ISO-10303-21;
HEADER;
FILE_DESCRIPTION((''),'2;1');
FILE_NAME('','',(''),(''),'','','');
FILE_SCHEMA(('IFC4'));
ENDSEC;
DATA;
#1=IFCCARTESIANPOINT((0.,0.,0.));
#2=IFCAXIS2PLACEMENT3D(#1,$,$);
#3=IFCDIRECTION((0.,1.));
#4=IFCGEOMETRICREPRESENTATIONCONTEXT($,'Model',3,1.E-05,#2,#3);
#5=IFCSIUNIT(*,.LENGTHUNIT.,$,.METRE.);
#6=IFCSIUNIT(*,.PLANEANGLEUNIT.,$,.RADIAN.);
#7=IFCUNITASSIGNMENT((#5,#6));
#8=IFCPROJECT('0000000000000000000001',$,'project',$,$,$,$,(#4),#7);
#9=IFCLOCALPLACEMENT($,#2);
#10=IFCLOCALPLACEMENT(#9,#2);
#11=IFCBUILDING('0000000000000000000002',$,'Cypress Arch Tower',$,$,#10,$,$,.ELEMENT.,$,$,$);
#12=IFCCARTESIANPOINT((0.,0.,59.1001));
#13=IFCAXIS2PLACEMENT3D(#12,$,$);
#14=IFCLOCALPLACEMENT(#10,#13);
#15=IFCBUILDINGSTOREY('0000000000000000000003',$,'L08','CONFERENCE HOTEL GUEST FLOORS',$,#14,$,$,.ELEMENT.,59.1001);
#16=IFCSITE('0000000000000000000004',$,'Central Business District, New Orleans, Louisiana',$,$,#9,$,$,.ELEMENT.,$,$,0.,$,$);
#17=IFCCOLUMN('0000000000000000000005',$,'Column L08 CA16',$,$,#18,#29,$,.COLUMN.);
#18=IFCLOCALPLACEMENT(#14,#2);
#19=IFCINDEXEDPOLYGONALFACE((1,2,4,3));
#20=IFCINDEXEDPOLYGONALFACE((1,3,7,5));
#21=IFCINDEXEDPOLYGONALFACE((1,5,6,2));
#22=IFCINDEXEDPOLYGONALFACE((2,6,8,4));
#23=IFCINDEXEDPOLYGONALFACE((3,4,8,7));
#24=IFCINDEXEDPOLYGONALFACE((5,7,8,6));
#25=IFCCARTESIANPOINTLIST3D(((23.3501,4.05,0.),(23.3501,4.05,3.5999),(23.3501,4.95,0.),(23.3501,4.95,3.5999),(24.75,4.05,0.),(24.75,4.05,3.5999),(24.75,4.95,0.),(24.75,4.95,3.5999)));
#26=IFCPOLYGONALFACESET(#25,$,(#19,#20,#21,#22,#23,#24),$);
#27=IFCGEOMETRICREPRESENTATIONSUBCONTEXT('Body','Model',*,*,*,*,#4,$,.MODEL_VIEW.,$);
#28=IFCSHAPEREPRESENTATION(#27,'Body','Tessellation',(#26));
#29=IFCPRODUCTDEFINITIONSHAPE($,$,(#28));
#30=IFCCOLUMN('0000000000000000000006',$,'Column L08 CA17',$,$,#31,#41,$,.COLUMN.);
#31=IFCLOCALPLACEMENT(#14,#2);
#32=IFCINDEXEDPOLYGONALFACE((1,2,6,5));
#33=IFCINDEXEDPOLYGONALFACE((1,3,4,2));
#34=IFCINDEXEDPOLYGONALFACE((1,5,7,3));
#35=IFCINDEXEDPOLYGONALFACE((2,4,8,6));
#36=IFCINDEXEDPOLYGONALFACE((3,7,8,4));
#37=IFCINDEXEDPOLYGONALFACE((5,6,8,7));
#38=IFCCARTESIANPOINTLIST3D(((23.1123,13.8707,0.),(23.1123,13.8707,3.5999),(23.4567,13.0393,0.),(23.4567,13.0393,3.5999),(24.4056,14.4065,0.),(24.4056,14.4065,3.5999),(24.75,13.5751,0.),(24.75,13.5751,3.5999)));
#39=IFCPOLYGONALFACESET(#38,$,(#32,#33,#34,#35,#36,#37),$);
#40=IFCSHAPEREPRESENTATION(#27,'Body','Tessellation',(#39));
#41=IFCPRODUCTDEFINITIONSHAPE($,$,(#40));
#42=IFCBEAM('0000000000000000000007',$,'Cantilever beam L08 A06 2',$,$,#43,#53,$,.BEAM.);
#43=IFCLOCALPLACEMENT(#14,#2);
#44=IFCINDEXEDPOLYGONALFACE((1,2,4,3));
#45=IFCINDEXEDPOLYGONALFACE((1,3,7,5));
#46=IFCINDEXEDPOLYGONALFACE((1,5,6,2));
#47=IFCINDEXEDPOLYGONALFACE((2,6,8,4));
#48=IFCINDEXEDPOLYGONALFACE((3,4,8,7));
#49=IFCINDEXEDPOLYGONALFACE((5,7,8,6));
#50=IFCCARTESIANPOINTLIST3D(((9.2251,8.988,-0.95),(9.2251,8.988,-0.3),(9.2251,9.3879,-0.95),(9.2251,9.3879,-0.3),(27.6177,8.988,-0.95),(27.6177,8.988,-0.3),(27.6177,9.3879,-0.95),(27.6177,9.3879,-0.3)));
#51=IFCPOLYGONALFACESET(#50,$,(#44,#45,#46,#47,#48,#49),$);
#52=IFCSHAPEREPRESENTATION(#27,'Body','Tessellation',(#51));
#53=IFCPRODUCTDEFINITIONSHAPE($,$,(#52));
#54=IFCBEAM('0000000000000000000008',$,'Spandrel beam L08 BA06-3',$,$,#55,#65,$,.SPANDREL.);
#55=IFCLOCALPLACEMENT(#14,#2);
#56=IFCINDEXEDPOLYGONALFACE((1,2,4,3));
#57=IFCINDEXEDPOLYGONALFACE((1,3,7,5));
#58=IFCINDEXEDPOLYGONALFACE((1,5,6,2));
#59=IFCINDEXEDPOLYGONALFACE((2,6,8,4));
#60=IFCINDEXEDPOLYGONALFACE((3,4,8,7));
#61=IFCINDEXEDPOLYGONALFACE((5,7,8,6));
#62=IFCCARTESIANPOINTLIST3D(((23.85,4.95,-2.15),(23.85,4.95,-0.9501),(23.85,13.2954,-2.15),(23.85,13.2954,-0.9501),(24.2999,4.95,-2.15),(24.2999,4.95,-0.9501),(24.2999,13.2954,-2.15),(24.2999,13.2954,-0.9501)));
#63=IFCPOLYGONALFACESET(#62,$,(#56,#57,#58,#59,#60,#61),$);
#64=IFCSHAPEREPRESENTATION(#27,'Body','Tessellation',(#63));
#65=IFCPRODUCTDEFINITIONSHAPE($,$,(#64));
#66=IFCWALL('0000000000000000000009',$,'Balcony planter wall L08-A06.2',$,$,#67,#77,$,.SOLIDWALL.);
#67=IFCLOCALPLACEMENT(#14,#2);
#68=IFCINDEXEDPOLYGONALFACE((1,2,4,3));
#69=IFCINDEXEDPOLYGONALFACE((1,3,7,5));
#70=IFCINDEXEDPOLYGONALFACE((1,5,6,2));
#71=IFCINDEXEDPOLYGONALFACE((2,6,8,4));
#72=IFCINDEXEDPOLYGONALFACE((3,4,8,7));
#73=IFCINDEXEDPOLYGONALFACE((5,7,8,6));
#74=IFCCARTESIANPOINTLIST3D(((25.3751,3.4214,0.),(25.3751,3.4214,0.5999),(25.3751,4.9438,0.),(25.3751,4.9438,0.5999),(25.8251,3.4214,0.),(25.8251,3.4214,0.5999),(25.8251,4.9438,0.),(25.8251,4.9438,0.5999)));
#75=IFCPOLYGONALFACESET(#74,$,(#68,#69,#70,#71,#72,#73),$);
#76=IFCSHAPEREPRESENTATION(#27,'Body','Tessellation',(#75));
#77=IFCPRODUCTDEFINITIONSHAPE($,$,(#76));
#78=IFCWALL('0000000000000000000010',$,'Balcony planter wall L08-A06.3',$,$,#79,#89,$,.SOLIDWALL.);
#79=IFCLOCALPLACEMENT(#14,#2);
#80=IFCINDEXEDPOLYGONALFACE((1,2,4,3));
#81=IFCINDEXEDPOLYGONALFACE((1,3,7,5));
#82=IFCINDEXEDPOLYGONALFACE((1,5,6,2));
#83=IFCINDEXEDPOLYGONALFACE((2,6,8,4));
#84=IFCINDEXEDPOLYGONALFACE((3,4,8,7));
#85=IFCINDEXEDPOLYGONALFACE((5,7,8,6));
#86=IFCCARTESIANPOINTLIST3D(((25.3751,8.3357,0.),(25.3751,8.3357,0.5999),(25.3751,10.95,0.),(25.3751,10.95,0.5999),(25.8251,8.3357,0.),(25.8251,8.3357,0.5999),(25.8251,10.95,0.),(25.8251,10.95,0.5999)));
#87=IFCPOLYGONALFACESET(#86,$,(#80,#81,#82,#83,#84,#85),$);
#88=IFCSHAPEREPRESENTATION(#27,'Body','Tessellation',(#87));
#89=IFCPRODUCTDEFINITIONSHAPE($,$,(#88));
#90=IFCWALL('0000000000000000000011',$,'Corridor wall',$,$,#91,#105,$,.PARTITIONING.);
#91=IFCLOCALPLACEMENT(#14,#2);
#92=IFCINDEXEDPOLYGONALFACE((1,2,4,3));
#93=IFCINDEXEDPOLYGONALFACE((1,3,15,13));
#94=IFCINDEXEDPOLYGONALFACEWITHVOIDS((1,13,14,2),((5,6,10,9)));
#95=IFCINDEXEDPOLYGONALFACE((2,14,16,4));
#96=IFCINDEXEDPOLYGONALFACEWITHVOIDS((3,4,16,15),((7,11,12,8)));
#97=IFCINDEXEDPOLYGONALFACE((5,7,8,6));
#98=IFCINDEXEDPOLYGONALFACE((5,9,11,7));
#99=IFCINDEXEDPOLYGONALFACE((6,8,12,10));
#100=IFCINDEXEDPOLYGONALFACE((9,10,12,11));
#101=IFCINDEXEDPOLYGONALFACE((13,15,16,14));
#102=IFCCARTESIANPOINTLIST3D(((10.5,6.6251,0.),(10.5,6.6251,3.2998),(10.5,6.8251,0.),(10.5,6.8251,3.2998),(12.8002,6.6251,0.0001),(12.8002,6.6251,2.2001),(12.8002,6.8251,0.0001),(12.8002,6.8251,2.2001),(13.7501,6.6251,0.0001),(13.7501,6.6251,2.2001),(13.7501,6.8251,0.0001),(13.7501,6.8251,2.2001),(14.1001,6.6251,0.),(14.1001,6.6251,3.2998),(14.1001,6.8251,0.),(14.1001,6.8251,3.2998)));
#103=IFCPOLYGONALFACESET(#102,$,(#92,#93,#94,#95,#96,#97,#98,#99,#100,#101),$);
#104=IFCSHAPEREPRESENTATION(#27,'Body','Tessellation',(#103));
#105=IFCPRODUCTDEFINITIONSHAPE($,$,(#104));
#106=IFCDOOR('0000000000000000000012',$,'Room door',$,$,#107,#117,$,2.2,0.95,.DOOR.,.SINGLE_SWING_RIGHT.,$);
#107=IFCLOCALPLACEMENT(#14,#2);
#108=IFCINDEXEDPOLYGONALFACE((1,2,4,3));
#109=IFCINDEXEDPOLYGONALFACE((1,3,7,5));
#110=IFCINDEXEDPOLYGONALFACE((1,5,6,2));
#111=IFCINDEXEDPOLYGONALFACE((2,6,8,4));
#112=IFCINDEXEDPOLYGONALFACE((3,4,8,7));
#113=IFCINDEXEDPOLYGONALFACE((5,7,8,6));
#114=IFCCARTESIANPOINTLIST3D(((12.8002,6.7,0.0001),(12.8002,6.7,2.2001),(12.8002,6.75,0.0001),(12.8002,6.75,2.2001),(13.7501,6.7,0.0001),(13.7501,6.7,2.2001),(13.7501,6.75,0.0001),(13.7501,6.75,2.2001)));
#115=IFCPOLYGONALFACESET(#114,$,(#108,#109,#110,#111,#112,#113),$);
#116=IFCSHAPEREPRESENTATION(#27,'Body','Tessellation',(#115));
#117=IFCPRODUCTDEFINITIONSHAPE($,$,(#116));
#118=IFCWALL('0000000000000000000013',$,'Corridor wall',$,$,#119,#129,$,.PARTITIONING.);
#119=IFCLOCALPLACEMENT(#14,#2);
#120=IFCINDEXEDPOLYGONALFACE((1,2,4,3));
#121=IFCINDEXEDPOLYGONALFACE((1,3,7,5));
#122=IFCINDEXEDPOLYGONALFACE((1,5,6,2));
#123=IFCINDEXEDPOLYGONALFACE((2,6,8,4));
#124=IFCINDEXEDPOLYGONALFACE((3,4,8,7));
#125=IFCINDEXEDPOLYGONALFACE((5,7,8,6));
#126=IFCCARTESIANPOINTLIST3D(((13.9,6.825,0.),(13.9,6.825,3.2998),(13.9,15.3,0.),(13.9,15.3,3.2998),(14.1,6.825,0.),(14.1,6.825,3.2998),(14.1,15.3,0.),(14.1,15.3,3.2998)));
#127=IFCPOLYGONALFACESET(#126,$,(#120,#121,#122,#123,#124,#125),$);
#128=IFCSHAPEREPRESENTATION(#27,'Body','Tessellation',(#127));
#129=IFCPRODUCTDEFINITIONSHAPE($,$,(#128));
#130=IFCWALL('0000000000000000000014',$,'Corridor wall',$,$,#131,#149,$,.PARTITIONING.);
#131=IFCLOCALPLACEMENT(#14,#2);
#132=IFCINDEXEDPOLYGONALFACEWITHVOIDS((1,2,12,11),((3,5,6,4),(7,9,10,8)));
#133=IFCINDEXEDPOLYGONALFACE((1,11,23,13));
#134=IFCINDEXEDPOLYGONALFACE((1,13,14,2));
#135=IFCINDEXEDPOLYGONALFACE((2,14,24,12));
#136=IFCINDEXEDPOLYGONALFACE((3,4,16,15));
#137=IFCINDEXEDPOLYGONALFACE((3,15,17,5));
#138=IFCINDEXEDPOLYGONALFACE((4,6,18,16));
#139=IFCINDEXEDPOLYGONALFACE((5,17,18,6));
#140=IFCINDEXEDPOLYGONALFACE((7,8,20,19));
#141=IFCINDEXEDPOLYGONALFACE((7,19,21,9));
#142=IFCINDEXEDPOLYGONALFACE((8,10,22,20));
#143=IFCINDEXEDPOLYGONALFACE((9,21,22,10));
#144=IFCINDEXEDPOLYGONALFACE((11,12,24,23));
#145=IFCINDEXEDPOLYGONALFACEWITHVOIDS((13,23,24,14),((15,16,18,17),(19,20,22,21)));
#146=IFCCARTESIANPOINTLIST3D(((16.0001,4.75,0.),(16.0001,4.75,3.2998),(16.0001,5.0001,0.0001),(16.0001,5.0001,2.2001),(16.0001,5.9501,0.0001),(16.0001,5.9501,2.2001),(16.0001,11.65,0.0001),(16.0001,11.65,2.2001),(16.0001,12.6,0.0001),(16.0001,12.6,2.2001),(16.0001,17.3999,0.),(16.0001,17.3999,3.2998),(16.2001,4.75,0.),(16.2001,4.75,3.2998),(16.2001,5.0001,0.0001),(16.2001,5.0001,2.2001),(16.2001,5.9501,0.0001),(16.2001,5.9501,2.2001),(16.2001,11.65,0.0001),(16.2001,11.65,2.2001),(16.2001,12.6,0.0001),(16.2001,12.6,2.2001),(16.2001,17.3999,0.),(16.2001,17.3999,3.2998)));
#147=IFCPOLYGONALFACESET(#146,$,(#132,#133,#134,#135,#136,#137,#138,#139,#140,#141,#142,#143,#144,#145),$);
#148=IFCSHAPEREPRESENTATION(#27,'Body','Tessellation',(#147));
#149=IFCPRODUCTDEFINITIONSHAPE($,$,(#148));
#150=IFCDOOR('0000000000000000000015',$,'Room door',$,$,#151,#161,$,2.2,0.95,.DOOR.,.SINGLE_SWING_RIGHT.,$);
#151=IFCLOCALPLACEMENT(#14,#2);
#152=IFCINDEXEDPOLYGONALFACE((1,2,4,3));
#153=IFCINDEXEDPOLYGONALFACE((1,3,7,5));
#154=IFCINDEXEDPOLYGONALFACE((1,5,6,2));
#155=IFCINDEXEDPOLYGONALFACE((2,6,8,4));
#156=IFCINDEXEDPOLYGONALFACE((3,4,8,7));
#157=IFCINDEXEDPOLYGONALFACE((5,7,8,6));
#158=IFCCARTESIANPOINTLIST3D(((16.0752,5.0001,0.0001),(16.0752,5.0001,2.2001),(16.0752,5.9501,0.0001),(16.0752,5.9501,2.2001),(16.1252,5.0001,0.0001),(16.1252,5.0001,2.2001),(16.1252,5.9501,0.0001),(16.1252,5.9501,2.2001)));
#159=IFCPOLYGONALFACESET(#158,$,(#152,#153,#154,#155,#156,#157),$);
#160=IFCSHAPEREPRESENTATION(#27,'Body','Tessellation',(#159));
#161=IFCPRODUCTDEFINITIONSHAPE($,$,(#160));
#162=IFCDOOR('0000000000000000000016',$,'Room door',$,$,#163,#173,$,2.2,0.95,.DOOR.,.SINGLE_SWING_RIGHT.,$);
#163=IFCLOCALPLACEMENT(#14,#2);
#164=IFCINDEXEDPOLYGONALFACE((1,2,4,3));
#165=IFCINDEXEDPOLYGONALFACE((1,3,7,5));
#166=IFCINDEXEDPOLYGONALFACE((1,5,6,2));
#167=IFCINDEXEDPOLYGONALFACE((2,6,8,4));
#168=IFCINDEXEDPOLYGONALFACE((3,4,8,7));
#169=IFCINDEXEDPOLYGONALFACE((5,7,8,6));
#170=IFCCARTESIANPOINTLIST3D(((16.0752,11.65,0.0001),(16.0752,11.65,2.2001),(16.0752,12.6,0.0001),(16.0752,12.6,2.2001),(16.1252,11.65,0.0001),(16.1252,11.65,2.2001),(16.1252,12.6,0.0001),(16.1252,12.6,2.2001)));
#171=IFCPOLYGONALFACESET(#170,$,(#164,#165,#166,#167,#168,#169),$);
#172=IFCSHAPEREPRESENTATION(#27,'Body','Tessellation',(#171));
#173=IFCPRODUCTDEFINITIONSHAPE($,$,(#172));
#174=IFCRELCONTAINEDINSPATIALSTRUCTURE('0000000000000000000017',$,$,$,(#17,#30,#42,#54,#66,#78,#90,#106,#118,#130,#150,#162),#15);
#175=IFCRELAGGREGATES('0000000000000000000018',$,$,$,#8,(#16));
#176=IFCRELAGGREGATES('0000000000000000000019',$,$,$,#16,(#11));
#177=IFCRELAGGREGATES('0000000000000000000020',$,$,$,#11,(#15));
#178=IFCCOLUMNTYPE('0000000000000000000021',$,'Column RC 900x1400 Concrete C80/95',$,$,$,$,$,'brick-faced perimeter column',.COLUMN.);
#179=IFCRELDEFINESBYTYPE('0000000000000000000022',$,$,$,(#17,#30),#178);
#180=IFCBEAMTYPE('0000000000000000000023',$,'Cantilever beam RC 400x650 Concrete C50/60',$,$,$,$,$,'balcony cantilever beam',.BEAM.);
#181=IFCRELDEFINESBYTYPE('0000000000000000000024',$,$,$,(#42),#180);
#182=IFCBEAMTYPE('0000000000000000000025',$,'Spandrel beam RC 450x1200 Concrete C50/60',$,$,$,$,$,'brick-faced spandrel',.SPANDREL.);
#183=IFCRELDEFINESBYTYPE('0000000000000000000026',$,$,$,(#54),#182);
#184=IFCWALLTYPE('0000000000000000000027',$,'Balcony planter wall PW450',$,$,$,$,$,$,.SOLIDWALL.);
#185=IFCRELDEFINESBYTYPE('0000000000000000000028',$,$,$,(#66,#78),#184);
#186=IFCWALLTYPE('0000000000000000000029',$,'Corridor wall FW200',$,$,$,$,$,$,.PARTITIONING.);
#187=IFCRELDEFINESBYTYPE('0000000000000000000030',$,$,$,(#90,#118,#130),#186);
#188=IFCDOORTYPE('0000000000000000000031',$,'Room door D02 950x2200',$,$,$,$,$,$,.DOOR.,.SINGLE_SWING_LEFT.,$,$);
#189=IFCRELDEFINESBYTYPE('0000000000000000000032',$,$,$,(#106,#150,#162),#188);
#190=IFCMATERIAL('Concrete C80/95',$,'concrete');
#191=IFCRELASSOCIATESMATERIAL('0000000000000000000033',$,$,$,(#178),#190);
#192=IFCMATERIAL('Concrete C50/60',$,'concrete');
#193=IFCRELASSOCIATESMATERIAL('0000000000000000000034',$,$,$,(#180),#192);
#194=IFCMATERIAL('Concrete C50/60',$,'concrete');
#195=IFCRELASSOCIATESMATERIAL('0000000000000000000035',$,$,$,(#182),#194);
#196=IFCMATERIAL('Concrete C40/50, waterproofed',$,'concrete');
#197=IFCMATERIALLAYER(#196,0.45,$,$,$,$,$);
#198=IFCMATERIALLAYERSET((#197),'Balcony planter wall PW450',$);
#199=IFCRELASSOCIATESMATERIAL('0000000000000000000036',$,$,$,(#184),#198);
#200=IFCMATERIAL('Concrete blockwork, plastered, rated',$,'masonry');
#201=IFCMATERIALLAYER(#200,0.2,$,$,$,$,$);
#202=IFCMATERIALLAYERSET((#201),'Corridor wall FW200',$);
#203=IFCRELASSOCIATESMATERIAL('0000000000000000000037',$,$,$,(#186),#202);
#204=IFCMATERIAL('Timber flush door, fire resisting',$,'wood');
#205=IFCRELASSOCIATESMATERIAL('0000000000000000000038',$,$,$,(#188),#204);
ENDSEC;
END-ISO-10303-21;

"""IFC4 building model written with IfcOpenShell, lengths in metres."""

from ifc_helpers import new_model, si_unit, direction, frame, frame_2d, origin, origin_2d, place, context, subcontext, project, spatial, rectangle, extrude, material, layer, layer_set, material_profile, profile_set, type_object, element, fill, save


model = new_model("IFC4")

# Units and contexts
model_context = context("Model", 3, precision=1e-05, world=origin(), true_north=direction((0.0, 1.0)))
body_context = subcontext(model_context, "Body", "Model", "MODEL_VIEW")
ifc_project = project(units=[si_unit("LENGTHUNIT", "METRE"), si_unit("PLANEANGLEUNIT", "RADIAN")], contexts=[model_context])

# Site, building, storey
site_placement = place(None, origin())
site = spatial("IfcSite", under=ifc_project, at=site_placement, Name="Central Business District, New Orleans, Louisiana", CompositionType="ELEMENT", RefElevation=0.0)
building_placement = place(site_placement, origin())
building = spatial("IfcBuilding", under=site, at=building_placement, Name="Cypress Arch Tower", CompositionType="ELEMENT")
storey_placement = place(building_placement, frame((0.0, 0.0, 59.1001)))
storey = spatial("IfcBuildingStorey", under=building, at=storey_placement, Name="L08", Description="CONFERENCE HOTEL GUEST FLOORS", CompositionType="ELEMENT", Elevation=59.1001)

# Columns
ifc_material_1 = material(Name="Concrete C80/95", Category="concrete")
ifc_material_profile_1 = material_profile(ifc_material_1, rectangle(XDim=0.8999, YDim=1.3999, at=origin_2d()), Name="RC 900x1400")
ifc_profile_set_1 = profile_set([ifc_material_profile_1], Name="Concrete C80/95")
column_type = type_object("IfcColumnType", Name="Column RC 900x1400 Concrete C80/95", ElementType="brick-faced perimeter column", PredefinedType="COLUMN", material=ifc_profile_set_1)
for number, where, z_axis, x_axis, name in (
    (1, (24.05, 4.5, 0.0), (0.0, 0.0, 1.0), (0.0, 1.0, 0.0), "Column L08 CA16"),
    (2, (23.9312, 13.7229, 0.0), (0.0, 0.0, 1.0), (-0.382683, 0.92388, 0.0), "Column L08 CA17"),
):
    element("IfcColumn", number, at=place(storey_placement, frame(where, z_axis=z_axis, x_axis=x_axis)), inside=storey, type_object=column_type, Name=name, PredefinedType="COLUMN", context=body_context, shape_type="SweptSolid", body=[
        extrude(rectangle(XDim=0.8999, YDim=1.3999, at=origin_2d()), origin(), (0.0, 0.0, 1.0), 3.5999),
    ])

# Beams
ifc_material_2 = material(Name="Concrete C50/60", Category="concrete")
ifc_material_profile_2 = material_profile(ifc_material_2, rectangle(XDim=0.3999, YDim=0.6499, at=origin_2d()), Name="RC 400x650")
ifc_profile_set_2 = profile_set([ifc_material_profile_2], Name="Concrete C50/60")
beam_type_1 = type_object("IfcBeamType", Name="Cantilever beam RC 400x650 Concrete C50/60", ElementType="balcony cantilever beam", PredefinedType="BEAM", material=ifc_profile_set_2)
beam_1_placement = place(storey_placement, frame((9.2251, 9.188, -0.625), z_axis=(1.0, 0.0, 0.0), x_axis=(0.0, 1.0, 0.0)))
element("IfcBeam", 3, at=beam_1_placement, inside=storey, type_object=beam_type_1, Name="Cantilever beam L08 A06 2", PredefinedType="BEAM", context=body_context, shape_type="SweptSolid", body=[
    extrude(rectangle(XDim=0.3999, YDim=0.6499, at=origin_2d()), origin(), (0.0, 0.0, 1.0), 18.3926),
])
ifc_material_3 = material(Name="Concrete C50/60", Category="concrete")
ifc_material_profile_3 = material_profile(ifc_material_3, rectangle(XDim=0.45, YDim=1.2, at=origin_2d()), Name="RC 450x1200")
ifc_profile_set_3 = profile_set([ifc_material_profile_3], Name="Concrete C50/60")
beam_type_2 = type_object("IfcBeamType", Name="Spandrel beam RC 450x1200 Concrete C50/60", ElementType="brick-faced spandrel", PredefinedType="SPANDREL", material=ifc_profile_set_3)
beam_2_placement = place(storey_placement, frame((24.075, 4.95, -1.55), z_axis=(0.0, 1.0, 0.0), x_axis=(-1.0, 0.0, 0.0)))
element("IfcBeam", 4, at=beam_2_placement, inside=storey, type_object=beam_type_2, Name="Spandrel beam L08 BA06-3", PredefinedType="SPANDREL", context=body_context, shape_type="SweptSolid", body=[
    extrude(rectangle(XDim=0.45, YDim=1.2, at=origin_2d()), origin(), (0.0, 0.0, 1.0), 8.3455),
])

# Walls
ifc_material_4 = material(Name="Concrete C40/50, waterproofed", Category="concrete")
ifc_layer_1 = layer(ifc_material_4, 0.45)
ifc_layer_set_1 = layer_set([ifc_layer_1], Name="Balcony planter wall PW450")
wall_type_1 = type_object("IfcWallType", Name="Balcony planter wall PW450", PredefinedType="SOLIDWALL", material=ifc_layer_set_1)
wall_1_placement = place(storey_placement, frame((25.6001, 3.4214, 0.0), z_axis=(0.0, 0.0, 1.0), x_axis=(0.0, 1.0, 0.0)))
element("IfcWall", 5, at=wall_1_placement, inside=storey, type_object=wall_type_1, Name="Balcony planter wall L08-A06.2", PredefinedType="SOLIDWALL", context=body_context, shape_type="SweptSolid", body=[
    extrude(rectangle(XDim=1.5225, YDim=0.45, at=frame_2d((0.7612, 0.0))), origin(), (0.0, 0.0, 1.0), 0.5999),
])
wall_2_placement = place(storey_placement, frame((25.6001, 8.3357, 0.0), z_axis=(0.0, 0.0, 1.0), x_axis=(0.0, 1.0, 0.0)))
element("IfcWall", 6, at=wall_2_placement, inside=storey, type_object=wall_type_1, Name="Balcony planter wall L08-A06.3", PredefinedType="SOLIDWALL", context=body_context, shape_type="SweptSolid", body=[
    extrude(rectangle(XDim=2.6143, YDim=0.45, at=frame_2d((1.3071, 0.0))), origin(), (0.0, 0.0, 1.0), 0.5999),
])

# Wall, opening, door
ifc_material_5 = material(Name="Concrete blockwork, plastered, rated", Category="masonry")
ifc_layer_2 = layer(ifc_material_5, 0.2)
ifc_layer_set_2 = layer_set([ifc_layer_2], Name="Corridor wall FW200")
wall_type_2 = type_object("IfcWallType", Name="Corridor wall FW200", PredefinedType="PARTITIONING", material=ifc_layer_set_2)
wall_3_placement = place(storey_placement, frame((10.5, 6.7251, 0.0), z_axis=(0.0, 0.0, 1.0), x_axis=(1.0, 0.0, 0.0)))
wall_3 = element("IfcWall", 7, at=wall_3_placement, inside=storey, type_object=wall_type_2, Name="Corridor wall", PredefinedType="PARTITIONING", context=body_context, shape_type="SweptSolid", body=[
    extrude(rectangle(XDim=3.6001, YDim=0.2, at=frame_2d((1.8, 0.0))), origin(), (0.0, 0.0, 1.0), 3.2998),
])
opening_1_placement = place(wall_3_placement, frame((2.3, 0.0, 0.0)))
opening_1 = element("IfcOpeningElement", 8, at=opening_1_placement, cuts=wall_3, PredefinedType="OPENING", context=body_context, shape_type="SweptSolid", body=[
    extrude(rectangle(XDim=0.95, YDim=2.2, at=frame_2d((0.4751, 1.1001))), frame((0.0, 0.1099, 0.0), z_axis=(0.0, -1.0, 0.0), x_axis=(1.0, 0.0, 0.0)), (0.0, 0.0, 1.0), 0.22),
])
ifc_material_6 = material(Name="Timber flush door, fire resisting", Category="wood")
door_type_1 = type_object("IfcDoorType", Name="Room door D02 950x2200", OperationType="SINGLE_SWING_LEFT", PredefinedType="DOOR", material=ifc_material_6)
door_1_placement = place(opening_1_placement, origin())
door_1 = element("IfcDoor", 9, at=door_1_placement, inside=storey, type_object=door_type_1, Name="Room door", OperationType="SINGLE_SWING_RIGHT", OverallHeight=2.2, OverallWidth=0.95, PredefinedType="DOOR", context=body_context, shape_type="SweptSolid", body=[
    extrude(rectangle(XDim=0.95, YDim=2.2, at=frame_2d((0.4751, 1.1001))), frame((0.0, 0.0249, 0.0), z_axis=(0.0, -1.0, 0.0), x_axis=(1.0, 0.0, 0.0)), (0.0, 0.0, 1.0), 0.05),
])
fill(opening_1, door_1)

# Wall
wall_4_placement = place(storey_placement, frame((14.0, 6.825, 0.0), z_axis=(0.0, 0.0, 1.0), x_axis=(0.0, 1.0, 0.0)))
element("IfcWall", 10, at=wall_4_placement, inside=storey, type_object=wall_type_2, Name="Corridor wall", PredefinedType="PARTITIONING", context=body_context, shape_type="SweptSolid", body=[
    extrude(rectangle(XDim=8.4751, YDim=0.2, at=frame_2d((4.2375, 0.0))), origin(), (0.0, 0.0, 1.0), 3.2998),
])

# Wall, openings, doors
wall_5_placement = place(storey_placement, frame((16.1001, 4.75, 0.0), z_axis=(0.0, 0.0, 1.0), x_axis=(0.0, 1.0, 0.0)))
wall_5 = element("IfcWall", 11, at=wall_5_placement, inside=storey, type_object=wall_type_2, Name="Corridor wall", PredefinedType="PARTITIONING", context=body_context, shape_type="SweptSolid", body=[
    extrude(rectangle(XDim=12.6499, YDim=0.2, at=frame_2d((6.325, 0.0))), origin(), (0.0, 0.0, 1.0), 3.2998),
])
opening_2_placement = place(wall_5_placement, frame((0.25, 0.0, 0.0)))
opening_2 = element("IfcOpeningElement", 12, at=opening_2_placement, cuts=wall_5, PredefinedType="OPENING", context=body_context, shape_type="SweptSolid", body=[
    extrude(rectangle(XDim=0.95, YDim=2.2, at=frame_2d((0.4751, 1.1001))), frame((0.0, 0.1099, 0.0), z_axis=(0.0, -1.0, 0.0), x_axis=(1.0, 0.0, 0.0)), (0.0, 0.0, 1.0), 0.22),
])
opening_3_placement = place(wall_5_placement, frame((6.8999, 0.0, 0.0)))
opening_3 = element("IfcOpeningElement", 13, at=opening_3_placement, cuts=wall_5, PredefinedType="OPENING", context=body_context, shape_type="SweptSolid", body=[
    extrude(rectangle(XDim=0.95, YDim=2.2, at=frame_2d((0.4751, 1.1001))), frame((0.0, 0.1099, 0.0), z_axis=(0.0, -1.0, 0.0), x_axis=(1.0, 0.0, 0.0)), (0.0, 0.0, 1.0), 0.22),
])
door_2_placement = place(opening_2_placement, origin())
door_2 = element("IfcDoor", 14, at=door_2_placement, inside=storey, type_object=door_type_1, Name="Room door", OperationType="SINGLE_SWING_RIGHT", OverallHeight=2.2, OverallWidth=0.95, PredefinedType="DOOR", context=body_context, shape_type="SweptSolid", body=[
    extrude(rectangle(XDim=0.95, YDim=2.2, at=frame_2d((0.4751, 1.1001))), frame((0.0, 0.0249, 0.0), z_axis=(0.0, -1.0, 0.0), x_axis=(1.0, 0.0, 0.0)), (0.0, 0.0, 1.0), 0.05),
])
fill(opening_2, door_2)
door_3_placement = place(opening_3_placement, origin())
door_3 = element("IfcDoor", 15, at=door_3_placement, inside=storey, type_object=door_type_1, Name="Room door", OperationType="SINGLE_SWING_RIGHT", OverallHeight=2.2, OverallWidth=0.95, PredefinedType="DOOR", context=body_context, shape_type="SweptSolid", body=[
    extrude(rectangle(XDim=0.95, YDim=2.2, at=frame_2d((0.4751, 1.1001))), frame((0.0, 0.0249, 0.0), z_axis=(0.0, -1.0, 0.0), x_axis=(1.0, 0.0, 0.0)), (0.0, 0.0, 1.0), 0.05),
])
fill(opening_3, door_3)

save(model, "model.ifc")
